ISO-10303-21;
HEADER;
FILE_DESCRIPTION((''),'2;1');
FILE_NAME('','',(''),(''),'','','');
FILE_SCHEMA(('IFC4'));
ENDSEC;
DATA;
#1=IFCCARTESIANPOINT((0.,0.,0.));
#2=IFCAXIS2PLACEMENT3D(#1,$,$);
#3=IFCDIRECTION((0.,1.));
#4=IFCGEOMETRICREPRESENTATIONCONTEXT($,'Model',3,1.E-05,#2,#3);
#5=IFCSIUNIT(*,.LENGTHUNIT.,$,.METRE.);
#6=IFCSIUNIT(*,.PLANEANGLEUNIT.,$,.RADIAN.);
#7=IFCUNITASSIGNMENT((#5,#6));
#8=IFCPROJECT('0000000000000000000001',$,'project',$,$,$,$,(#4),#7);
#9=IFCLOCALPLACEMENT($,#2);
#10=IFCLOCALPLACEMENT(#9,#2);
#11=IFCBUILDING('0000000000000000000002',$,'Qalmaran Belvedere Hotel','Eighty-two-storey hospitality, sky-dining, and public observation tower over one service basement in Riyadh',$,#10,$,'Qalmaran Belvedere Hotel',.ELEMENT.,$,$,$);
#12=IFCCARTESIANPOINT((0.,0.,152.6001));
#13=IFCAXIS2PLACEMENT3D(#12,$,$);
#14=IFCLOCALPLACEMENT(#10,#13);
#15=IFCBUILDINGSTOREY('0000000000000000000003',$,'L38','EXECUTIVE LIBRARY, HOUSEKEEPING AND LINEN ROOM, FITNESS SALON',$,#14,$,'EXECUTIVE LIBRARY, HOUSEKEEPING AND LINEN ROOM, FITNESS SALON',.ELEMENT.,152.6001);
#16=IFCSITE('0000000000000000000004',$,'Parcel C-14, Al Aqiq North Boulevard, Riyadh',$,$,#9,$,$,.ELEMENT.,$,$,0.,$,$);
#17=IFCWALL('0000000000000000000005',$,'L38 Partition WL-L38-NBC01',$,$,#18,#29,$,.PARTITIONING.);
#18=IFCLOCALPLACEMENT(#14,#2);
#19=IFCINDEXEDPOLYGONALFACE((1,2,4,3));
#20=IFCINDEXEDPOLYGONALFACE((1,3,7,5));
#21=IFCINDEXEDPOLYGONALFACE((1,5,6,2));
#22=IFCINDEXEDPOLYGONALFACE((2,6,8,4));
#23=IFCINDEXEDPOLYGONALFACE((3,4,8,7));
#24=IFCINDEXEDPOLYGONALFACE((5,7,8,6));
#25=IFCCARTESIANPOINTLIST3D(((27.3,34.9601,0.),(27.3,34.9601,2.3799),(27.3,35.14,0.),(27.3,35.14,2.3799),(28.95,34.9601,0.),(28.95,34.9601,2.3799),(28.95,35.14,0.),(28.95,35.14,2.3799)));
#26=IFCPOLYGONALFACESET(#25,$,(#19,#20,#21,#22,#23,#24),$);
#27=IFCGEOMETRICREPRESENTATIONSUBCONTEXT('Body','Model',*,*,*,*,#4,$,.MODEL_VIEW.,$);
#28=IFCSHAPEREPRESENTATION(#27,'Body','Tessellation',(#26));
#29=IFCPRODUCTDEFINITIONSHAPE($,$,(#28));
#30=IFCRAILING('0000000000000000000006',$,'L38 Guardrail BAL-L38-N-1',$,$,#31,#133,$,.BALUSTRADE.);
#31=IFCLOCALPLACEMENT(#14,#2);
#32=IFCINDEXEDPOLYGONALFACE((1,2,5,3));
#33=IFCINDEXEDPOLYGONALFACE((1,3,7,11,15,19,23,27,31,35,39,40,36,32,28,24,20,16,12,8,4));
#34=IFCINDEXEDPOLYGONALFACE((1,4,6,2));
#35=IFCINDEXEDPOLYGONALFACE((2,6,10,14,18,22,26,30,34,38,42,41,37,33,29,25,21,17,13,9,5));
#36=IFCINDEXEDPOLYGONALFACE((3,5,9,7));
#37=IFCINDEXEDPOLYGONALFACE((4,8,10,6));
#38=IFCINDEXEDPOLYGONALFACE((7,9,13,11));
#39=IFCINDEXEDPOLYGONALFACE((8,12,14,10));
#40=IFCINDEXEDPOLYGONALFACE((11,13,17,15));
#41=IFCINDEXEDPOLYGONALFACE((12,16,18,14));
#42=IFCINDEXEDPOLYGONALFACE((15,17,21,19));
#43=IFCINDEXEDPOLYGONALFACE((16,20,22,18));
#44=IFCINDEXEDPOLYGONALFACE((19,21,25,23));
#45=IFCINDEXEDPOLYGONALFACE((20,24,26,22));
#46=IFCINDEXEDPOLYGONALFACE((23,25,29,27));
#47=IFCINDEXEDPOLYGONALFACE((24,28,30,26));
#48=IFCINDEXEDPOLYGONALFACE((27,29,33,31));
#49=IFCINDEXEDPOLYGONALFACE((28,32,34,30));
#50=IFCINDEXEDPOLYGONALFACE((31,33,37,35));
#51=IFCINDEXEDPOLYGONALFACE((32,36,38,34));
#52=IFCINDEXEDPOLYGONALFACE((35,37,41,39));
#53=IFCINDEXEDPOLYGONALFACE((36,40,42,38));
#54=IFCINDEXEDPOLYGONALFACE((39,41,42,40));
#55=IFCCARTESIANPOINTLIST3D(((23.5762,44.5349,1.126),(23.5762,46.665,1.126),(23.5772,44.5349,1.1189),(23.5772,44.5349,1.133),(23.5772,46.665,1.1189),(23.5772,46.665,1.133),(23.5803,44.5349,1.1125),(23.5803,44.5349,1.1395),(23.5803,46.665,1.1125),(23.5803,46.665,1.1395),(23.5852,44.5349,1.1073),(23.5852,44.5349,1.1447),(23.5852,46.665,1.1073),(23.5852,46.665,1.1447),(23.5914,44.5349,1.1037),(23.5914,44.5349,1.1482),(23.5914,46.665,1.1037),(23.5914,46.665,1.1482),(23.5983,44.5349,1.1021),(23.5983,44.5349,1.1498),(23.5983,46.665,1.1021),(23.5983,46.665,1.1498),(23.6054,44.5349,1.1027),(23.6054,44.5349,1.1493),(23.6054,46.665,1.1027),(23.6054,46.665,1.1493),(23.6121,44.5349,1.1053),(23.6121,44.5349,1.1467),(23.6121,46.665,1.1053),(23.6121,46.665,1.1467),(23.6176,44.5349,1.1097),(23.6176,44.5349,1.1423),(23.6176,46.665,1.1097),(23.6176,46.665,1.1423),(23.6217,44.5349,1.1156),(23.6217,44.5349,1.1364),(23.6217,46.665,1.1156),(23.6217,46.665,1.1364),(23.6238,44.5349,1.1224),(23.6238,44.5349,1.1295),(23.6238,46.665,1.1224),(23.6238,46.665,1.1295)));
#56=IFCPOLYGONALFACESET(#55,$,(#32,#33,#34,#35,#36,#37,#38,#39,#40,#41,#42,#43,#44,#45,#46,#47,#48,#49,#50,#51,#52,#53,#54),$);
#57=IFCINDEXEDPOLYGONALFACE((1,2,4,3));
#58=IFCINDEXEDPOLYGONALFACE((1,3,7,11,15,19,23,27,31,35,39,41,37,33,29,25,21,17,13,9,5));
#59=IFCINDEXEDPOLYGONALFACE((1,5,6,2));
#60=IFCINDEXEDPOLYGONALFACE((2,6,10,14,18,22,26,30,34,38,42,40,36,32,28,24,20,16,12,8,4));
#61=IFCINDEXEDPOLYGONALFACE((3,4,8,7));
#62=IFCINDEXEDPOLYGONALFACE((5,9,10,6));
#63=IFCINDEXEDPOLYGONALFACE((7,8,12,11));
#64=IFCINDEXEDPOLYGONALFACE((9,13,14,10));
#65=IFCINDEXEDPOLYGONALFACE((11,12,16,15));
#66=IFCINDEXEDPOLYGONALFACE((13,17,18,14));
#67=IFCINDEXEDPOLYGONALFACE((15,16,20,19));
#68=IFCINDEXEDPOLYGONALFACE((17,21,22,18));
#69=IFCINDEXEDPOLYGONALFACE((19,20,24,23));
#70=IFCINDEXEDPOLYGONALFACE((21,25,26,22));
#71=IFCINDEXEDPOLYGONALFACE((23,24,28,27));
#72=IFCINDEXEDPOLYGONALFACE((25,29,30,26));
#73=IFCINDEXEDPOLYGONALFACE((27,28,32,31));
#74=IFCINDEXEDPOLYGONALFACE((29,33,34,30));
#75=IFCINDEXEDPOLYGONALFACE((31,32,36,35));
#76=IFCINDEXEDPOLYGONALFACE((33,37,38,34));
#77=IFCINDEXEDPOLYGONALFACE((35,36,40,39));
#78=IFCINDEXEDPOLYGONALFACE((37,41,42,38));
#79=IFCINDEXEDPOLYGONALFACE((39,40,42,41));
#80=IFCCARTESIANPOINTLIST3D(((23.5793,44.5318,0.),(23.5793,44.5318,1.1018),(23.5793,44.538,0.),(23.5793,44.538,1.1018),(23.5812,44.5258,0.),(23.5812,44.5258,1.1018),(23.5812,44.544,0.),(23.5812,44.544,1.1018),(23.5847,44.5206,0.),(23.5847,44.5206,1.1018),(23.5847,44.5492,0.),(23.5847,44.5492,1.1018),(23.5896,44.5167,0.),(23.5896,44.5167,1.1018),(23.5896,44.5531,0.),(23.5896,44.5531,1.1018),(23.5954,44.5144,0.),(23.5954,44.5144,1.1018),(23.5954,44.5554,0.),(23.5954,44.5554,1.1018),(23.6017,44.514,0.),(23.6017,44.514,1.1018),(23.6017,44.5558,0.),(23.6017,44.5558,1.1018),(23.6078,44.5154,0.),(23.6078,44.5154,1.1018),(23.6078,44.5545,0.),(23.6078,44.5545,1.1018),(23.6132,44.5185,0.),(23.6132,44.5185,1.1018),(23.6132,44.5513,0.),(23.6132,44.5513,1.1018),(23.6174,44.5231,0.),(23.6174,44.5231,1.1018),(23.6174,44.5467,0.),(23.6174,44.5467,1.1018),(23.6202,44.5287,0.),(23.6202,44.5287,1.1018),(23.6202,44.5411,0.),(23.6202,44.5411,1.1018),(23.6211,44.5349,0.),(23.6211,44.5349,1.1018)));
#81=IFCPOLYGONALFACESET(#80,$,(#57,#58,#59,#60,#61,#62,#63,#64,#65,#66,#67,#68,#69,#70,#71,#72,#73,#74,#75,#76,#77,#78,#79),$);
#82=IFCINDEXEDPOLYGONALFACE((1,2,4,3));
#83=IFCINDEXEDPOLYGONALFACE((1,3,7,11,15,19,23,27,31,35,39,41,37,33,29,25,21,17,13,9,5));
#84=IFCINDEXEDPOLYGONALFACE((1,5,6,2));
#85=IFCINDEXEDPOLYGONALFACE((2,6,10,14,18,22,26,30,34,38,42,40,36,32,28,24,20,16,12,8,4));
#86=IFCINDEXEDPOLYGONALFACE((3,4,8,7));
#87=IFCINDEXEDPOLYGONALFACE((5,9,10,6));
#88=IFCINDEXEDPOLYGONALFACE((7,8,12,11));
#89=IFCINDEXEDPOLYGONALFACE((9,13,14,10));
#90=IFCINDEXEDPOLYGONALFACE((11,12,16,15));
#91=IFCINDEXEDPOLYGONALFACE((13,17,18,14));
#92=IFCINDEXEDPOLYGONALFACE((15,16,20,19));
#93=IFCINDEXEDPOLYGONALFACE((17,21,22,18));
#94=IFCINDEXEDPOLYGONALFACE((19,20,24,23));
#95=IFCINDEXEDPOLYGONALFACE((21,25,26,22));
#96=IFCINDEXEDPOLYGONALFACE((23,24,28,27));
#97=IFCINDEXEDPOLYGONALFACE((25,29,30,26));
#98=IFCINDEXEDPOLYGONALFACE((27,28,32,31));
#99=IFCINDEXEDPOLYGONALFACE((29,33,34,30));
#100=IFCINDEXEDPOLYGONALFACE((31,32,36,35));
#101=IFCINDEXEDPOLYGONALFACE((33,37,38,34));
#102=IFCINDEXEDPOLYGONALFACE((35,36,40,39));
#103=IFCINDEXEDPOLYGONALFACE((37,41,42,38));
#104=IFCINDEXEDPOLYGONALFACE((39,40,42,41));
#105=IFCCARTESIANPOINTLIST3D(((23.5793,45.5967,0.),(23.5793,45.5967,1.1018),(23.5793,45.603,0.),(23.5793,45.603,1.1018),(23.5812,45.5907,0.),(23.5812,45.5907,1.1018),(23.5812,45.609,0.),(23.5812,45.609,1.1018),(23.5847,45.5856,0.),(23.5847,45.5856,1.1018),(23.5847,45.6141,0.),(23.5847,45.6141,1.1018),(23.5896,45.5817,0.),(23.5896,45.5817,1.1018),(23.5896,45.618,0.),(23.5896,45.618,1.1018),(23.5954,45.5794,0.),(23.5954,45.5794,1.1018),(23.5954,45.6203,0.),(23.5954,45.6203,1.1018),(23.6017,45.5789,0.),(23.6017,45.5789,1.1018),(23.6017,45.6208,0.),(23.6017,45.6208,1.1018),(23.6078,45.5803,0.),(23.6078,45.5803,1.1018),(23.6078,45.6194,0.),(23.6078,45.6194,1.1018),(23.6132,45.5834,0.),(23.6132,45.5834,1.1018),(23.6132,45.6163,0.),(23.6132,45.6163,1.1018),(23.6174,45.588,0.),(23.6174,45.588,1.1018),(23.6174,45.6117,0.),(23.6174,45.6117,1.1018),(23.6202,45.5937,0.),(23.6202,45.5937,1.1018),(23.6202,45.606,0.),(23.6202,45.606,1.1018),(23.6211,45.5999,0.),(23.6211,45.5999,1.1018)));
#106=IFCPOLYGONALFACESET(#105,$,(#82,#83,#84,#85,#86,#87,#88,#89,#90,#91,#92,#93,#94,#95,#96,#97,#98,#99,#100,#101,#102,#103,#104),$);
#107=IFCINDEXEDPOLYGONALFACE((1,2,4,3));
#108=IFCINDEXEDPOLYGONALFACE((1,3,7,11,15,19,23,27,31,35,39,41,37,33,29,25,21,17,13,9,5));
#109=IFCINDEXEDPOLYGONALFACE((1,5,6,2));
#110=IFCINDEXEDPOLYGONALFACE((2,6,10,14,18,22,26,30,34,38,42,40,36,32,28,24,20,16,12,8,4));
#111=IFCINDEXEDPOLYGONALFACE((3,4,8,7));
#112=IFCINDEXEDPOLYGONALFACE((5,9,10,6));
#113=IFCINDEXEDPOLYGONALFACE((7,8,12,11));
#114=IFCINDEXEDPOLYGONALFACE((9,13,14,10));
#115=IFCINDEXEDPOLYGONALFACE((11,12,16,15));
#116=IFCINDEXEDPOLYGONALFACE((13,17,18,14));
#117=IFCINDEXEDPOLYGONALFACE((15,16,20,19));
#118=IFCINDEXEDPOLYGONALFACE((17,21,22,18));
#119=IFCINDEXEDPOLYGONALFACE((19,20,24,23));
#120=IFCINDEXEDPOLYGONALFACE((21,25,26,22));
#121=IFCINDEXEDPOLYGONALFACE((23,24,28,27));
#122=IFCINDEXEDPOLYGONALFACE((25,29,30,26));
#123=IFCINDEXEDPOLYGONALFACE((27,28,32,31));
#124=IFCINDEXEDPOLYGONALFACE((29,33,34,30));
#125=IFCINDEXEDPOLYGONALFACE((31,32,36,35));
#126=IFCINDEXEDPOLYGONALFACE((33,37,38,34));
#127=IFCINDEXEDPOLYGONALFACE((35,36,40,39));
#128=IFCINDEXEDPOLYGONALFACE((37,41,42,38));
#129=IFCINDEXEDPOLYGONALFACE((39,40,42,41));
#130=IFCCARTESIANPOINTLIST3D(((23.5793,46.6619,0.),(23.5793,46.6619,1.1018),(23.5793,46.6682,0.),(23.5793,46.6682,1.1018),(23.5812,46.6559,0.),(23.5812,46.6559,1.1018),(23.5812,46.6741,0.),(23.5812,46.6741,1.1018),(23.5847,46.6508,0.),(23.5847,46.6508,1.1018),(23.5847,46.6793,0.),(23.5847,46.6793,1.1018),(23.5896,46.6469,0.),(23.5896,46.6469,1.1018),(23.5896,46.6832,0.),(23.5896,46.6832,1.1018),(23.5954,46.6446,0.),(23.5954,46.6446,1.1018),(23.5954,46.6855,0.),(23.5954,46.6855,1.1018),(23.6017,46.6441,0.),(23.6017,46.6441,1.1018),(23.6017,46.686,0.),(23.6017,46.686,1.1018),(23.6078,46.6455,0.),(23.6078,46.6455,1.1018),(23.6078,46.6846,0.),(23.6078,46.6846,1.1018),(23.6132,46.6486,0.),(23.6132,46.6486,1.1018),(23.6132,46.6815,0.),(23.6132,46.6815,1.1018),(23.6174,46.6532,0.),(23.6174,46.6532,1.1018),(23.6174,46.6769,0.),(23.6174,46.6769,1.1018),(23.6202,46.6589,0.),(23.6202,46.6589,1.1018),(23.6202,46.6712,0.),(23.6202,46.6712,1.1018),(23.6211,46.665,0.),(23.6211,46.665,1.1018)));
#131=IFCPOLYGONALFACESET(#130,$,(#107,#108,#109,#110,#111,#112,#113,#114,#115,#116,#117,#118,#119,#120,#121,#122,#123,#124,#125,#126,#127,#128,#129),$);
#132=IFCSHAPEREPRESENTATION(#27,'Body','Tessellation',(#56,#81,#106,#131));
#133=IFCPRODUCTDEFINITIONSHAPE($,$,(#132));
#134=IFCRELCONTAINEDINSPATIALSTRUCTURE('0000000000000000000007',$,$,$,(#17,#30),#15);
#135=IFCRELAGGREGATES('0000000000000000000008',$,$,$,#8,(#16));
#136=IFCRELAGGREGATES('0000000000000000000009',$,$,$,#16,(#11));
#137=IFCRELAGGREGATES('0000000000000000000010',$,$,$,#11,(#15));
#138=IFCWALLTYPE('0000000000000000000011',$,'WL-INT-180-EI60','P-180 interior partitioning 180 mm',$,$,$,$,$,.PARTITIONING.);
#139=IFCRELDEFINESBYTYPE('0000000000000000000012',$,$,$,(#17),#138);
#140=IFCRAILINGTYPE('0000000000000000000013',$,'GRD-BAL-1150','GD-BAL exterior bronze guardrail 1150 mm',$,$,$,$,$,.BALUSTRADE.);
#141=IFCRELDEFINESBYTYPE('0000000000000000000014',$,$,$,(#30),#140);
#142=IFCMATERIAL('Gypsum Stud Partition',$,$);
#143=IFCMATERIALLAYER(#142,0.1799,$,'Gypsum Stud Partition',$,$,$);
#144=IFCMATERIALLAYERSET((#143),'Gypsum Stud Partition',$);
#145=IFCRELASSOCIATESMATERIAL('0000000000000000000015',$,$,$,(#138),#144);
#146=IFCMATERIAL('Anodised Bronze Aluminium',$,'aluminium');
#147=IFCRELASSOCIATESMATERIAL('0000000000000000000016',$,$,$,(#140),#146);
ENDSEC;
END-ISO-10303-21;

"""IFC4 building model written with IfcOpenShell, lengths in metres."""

from ifc_helpers import new_model, si_unit, direction, frame, frame_2d, origin, origin_2d, place, context, subcontext, project, spatial, rectangle, circle, extrude, material, layer, layer_set, type_object, element, save


model = new_model("IFC4")

# Units and contexts
model_context = context("Model", 3, precision=1e-05, world=origin(), true_north=direction((0.0, 1.0)))
body_context = subcontext(model_context, "Body", "Model", "MODEL_VIEW")
ifc_project = project(units=[si_unit("LENGTHUNIT", "METRE"), si_unit("PLANEANGLEUNIT", "RADIAN")], contexts=[model_context])

# Site, building, storey
site_placement = place(None, origin())
site = spatial("IfcSite", under=ifc_project, at=site_placement, Name="Parcel C-14, Al Aqiq North Boulevard, Riyadh", CompositionType="ELEMENT", RefElevation=0.0)
building_placement = place(site_placement, origin())
building = spatial("IfcBuilding", under=site, at=building_placement, Name="Qalmaran Belvedere Hotel", Description="Eighty-two-storey hospitality, sky-dining, and public observation tower over one service basement in Riyadh", LongName="Qalmaran Belvedere Hotel", CompositionType="ELEMENT")
storey_placement = place(building_placement, frame((0.0, 0.0, 152.6001)))
storey = spatial("IfcBuildingStorey", under=building, at=storey_placement, Name="L38", Description="EXECUTIVE LIBRARY, HOUSEKEEPING AND LINEN ROOM, FITNESS SALON", LongName="EXECUTIVE LIBRARY, HOUSEKEEPING AND LINEN ROOM, FITNESS SALON", CompositionType="ELEMENT", Elevation=152.6001)

# Shared definitions
ifc_material_1 = material(Name="Anodised Bronze Aluminium", Category="aluminium")

# Wall
ifc_material_2 = material(Name="Gypsum Stud Partition")
ifc_layer_1 = layer(ifc_material_2, 0.1799, Name="Gypsum Stud Partition")
ifc_layer_set_1 = layer_set([ifc_layer_1], Name="Gypsum Stud Partition")
wall_type_1 = type_object("IfcWallType", Name="WL-INT-180-EI60", Description="P-180 interior partitioning 180 mm", PredefinedType="PARTITIONING", material=ifc_layer_set_1)
wall_1_placement = place(storey_placement, frame((27.3, 35.05, 0.0), z_axis=(0.0, 0.0, 1.0), x_axis=(1.0, 0.0, 0.0)))
element("IfcWall", 1, at=wall_1_placement, inside=storey, type_object=wall_type_1, Name="L38 Partition WL-L38-NBC01", PredefinedType="PARTITIONING", context=body_context, shape_type="SweptSolid", body=[
    extrude(rectangle(XDim=1.6499, YDim=0.1799, at=frame_2d((0.825, 0.0))), origin(), (0.0, 0.0, 1.0), 2.3799),
])

# Railing
railing_type = type_object("IfcRailingType", Name="GRD-BAL-1150", Description="GD-BAL exterior bronze guardrail 1150 mm", PredefinedType="BALUSTRADE", material=ifc_material_1)
railing_1_placement = place(storey_placement, frame((23.6001, 44.5349, 0.0)))
element("IfcRailing", 2, at=railing_1_placement, inside=storey, type_object=railing_type, Name="L38 Guardrail BAL-L38-N-1", PredefinedType="BALUSTRADE", context=body_context, shape_type="SweptSolid", body=[
    extrude(circle(Radius=0.0239, at=origin_2d()), frame((0.0, 0.0, 1.126), z_axis=(0.0, 1.0, 0.0), x_axis=(-1.0, 0.0, 0.0)), (0.0, 0.0, 1.0), 2.1301),
    extrude(circle(Radius=0.021, at=origin_2d()), origin(), (0.0, 0.0, 1.0), 1.1018),
    extrude(circle(Radius=0.021, at=origin_2d()), frame((0.0, 1.0649, 0.0)), (0.0, 0.0, 1.0), 1.1018),
    extrude(circle(Radius=0.021, at=origin_2d()), frame((0.0, 2.1301, 0.0)), (0.0, 0.0, 1.0), 1.1018),
])

save(model, "model.ifc")
